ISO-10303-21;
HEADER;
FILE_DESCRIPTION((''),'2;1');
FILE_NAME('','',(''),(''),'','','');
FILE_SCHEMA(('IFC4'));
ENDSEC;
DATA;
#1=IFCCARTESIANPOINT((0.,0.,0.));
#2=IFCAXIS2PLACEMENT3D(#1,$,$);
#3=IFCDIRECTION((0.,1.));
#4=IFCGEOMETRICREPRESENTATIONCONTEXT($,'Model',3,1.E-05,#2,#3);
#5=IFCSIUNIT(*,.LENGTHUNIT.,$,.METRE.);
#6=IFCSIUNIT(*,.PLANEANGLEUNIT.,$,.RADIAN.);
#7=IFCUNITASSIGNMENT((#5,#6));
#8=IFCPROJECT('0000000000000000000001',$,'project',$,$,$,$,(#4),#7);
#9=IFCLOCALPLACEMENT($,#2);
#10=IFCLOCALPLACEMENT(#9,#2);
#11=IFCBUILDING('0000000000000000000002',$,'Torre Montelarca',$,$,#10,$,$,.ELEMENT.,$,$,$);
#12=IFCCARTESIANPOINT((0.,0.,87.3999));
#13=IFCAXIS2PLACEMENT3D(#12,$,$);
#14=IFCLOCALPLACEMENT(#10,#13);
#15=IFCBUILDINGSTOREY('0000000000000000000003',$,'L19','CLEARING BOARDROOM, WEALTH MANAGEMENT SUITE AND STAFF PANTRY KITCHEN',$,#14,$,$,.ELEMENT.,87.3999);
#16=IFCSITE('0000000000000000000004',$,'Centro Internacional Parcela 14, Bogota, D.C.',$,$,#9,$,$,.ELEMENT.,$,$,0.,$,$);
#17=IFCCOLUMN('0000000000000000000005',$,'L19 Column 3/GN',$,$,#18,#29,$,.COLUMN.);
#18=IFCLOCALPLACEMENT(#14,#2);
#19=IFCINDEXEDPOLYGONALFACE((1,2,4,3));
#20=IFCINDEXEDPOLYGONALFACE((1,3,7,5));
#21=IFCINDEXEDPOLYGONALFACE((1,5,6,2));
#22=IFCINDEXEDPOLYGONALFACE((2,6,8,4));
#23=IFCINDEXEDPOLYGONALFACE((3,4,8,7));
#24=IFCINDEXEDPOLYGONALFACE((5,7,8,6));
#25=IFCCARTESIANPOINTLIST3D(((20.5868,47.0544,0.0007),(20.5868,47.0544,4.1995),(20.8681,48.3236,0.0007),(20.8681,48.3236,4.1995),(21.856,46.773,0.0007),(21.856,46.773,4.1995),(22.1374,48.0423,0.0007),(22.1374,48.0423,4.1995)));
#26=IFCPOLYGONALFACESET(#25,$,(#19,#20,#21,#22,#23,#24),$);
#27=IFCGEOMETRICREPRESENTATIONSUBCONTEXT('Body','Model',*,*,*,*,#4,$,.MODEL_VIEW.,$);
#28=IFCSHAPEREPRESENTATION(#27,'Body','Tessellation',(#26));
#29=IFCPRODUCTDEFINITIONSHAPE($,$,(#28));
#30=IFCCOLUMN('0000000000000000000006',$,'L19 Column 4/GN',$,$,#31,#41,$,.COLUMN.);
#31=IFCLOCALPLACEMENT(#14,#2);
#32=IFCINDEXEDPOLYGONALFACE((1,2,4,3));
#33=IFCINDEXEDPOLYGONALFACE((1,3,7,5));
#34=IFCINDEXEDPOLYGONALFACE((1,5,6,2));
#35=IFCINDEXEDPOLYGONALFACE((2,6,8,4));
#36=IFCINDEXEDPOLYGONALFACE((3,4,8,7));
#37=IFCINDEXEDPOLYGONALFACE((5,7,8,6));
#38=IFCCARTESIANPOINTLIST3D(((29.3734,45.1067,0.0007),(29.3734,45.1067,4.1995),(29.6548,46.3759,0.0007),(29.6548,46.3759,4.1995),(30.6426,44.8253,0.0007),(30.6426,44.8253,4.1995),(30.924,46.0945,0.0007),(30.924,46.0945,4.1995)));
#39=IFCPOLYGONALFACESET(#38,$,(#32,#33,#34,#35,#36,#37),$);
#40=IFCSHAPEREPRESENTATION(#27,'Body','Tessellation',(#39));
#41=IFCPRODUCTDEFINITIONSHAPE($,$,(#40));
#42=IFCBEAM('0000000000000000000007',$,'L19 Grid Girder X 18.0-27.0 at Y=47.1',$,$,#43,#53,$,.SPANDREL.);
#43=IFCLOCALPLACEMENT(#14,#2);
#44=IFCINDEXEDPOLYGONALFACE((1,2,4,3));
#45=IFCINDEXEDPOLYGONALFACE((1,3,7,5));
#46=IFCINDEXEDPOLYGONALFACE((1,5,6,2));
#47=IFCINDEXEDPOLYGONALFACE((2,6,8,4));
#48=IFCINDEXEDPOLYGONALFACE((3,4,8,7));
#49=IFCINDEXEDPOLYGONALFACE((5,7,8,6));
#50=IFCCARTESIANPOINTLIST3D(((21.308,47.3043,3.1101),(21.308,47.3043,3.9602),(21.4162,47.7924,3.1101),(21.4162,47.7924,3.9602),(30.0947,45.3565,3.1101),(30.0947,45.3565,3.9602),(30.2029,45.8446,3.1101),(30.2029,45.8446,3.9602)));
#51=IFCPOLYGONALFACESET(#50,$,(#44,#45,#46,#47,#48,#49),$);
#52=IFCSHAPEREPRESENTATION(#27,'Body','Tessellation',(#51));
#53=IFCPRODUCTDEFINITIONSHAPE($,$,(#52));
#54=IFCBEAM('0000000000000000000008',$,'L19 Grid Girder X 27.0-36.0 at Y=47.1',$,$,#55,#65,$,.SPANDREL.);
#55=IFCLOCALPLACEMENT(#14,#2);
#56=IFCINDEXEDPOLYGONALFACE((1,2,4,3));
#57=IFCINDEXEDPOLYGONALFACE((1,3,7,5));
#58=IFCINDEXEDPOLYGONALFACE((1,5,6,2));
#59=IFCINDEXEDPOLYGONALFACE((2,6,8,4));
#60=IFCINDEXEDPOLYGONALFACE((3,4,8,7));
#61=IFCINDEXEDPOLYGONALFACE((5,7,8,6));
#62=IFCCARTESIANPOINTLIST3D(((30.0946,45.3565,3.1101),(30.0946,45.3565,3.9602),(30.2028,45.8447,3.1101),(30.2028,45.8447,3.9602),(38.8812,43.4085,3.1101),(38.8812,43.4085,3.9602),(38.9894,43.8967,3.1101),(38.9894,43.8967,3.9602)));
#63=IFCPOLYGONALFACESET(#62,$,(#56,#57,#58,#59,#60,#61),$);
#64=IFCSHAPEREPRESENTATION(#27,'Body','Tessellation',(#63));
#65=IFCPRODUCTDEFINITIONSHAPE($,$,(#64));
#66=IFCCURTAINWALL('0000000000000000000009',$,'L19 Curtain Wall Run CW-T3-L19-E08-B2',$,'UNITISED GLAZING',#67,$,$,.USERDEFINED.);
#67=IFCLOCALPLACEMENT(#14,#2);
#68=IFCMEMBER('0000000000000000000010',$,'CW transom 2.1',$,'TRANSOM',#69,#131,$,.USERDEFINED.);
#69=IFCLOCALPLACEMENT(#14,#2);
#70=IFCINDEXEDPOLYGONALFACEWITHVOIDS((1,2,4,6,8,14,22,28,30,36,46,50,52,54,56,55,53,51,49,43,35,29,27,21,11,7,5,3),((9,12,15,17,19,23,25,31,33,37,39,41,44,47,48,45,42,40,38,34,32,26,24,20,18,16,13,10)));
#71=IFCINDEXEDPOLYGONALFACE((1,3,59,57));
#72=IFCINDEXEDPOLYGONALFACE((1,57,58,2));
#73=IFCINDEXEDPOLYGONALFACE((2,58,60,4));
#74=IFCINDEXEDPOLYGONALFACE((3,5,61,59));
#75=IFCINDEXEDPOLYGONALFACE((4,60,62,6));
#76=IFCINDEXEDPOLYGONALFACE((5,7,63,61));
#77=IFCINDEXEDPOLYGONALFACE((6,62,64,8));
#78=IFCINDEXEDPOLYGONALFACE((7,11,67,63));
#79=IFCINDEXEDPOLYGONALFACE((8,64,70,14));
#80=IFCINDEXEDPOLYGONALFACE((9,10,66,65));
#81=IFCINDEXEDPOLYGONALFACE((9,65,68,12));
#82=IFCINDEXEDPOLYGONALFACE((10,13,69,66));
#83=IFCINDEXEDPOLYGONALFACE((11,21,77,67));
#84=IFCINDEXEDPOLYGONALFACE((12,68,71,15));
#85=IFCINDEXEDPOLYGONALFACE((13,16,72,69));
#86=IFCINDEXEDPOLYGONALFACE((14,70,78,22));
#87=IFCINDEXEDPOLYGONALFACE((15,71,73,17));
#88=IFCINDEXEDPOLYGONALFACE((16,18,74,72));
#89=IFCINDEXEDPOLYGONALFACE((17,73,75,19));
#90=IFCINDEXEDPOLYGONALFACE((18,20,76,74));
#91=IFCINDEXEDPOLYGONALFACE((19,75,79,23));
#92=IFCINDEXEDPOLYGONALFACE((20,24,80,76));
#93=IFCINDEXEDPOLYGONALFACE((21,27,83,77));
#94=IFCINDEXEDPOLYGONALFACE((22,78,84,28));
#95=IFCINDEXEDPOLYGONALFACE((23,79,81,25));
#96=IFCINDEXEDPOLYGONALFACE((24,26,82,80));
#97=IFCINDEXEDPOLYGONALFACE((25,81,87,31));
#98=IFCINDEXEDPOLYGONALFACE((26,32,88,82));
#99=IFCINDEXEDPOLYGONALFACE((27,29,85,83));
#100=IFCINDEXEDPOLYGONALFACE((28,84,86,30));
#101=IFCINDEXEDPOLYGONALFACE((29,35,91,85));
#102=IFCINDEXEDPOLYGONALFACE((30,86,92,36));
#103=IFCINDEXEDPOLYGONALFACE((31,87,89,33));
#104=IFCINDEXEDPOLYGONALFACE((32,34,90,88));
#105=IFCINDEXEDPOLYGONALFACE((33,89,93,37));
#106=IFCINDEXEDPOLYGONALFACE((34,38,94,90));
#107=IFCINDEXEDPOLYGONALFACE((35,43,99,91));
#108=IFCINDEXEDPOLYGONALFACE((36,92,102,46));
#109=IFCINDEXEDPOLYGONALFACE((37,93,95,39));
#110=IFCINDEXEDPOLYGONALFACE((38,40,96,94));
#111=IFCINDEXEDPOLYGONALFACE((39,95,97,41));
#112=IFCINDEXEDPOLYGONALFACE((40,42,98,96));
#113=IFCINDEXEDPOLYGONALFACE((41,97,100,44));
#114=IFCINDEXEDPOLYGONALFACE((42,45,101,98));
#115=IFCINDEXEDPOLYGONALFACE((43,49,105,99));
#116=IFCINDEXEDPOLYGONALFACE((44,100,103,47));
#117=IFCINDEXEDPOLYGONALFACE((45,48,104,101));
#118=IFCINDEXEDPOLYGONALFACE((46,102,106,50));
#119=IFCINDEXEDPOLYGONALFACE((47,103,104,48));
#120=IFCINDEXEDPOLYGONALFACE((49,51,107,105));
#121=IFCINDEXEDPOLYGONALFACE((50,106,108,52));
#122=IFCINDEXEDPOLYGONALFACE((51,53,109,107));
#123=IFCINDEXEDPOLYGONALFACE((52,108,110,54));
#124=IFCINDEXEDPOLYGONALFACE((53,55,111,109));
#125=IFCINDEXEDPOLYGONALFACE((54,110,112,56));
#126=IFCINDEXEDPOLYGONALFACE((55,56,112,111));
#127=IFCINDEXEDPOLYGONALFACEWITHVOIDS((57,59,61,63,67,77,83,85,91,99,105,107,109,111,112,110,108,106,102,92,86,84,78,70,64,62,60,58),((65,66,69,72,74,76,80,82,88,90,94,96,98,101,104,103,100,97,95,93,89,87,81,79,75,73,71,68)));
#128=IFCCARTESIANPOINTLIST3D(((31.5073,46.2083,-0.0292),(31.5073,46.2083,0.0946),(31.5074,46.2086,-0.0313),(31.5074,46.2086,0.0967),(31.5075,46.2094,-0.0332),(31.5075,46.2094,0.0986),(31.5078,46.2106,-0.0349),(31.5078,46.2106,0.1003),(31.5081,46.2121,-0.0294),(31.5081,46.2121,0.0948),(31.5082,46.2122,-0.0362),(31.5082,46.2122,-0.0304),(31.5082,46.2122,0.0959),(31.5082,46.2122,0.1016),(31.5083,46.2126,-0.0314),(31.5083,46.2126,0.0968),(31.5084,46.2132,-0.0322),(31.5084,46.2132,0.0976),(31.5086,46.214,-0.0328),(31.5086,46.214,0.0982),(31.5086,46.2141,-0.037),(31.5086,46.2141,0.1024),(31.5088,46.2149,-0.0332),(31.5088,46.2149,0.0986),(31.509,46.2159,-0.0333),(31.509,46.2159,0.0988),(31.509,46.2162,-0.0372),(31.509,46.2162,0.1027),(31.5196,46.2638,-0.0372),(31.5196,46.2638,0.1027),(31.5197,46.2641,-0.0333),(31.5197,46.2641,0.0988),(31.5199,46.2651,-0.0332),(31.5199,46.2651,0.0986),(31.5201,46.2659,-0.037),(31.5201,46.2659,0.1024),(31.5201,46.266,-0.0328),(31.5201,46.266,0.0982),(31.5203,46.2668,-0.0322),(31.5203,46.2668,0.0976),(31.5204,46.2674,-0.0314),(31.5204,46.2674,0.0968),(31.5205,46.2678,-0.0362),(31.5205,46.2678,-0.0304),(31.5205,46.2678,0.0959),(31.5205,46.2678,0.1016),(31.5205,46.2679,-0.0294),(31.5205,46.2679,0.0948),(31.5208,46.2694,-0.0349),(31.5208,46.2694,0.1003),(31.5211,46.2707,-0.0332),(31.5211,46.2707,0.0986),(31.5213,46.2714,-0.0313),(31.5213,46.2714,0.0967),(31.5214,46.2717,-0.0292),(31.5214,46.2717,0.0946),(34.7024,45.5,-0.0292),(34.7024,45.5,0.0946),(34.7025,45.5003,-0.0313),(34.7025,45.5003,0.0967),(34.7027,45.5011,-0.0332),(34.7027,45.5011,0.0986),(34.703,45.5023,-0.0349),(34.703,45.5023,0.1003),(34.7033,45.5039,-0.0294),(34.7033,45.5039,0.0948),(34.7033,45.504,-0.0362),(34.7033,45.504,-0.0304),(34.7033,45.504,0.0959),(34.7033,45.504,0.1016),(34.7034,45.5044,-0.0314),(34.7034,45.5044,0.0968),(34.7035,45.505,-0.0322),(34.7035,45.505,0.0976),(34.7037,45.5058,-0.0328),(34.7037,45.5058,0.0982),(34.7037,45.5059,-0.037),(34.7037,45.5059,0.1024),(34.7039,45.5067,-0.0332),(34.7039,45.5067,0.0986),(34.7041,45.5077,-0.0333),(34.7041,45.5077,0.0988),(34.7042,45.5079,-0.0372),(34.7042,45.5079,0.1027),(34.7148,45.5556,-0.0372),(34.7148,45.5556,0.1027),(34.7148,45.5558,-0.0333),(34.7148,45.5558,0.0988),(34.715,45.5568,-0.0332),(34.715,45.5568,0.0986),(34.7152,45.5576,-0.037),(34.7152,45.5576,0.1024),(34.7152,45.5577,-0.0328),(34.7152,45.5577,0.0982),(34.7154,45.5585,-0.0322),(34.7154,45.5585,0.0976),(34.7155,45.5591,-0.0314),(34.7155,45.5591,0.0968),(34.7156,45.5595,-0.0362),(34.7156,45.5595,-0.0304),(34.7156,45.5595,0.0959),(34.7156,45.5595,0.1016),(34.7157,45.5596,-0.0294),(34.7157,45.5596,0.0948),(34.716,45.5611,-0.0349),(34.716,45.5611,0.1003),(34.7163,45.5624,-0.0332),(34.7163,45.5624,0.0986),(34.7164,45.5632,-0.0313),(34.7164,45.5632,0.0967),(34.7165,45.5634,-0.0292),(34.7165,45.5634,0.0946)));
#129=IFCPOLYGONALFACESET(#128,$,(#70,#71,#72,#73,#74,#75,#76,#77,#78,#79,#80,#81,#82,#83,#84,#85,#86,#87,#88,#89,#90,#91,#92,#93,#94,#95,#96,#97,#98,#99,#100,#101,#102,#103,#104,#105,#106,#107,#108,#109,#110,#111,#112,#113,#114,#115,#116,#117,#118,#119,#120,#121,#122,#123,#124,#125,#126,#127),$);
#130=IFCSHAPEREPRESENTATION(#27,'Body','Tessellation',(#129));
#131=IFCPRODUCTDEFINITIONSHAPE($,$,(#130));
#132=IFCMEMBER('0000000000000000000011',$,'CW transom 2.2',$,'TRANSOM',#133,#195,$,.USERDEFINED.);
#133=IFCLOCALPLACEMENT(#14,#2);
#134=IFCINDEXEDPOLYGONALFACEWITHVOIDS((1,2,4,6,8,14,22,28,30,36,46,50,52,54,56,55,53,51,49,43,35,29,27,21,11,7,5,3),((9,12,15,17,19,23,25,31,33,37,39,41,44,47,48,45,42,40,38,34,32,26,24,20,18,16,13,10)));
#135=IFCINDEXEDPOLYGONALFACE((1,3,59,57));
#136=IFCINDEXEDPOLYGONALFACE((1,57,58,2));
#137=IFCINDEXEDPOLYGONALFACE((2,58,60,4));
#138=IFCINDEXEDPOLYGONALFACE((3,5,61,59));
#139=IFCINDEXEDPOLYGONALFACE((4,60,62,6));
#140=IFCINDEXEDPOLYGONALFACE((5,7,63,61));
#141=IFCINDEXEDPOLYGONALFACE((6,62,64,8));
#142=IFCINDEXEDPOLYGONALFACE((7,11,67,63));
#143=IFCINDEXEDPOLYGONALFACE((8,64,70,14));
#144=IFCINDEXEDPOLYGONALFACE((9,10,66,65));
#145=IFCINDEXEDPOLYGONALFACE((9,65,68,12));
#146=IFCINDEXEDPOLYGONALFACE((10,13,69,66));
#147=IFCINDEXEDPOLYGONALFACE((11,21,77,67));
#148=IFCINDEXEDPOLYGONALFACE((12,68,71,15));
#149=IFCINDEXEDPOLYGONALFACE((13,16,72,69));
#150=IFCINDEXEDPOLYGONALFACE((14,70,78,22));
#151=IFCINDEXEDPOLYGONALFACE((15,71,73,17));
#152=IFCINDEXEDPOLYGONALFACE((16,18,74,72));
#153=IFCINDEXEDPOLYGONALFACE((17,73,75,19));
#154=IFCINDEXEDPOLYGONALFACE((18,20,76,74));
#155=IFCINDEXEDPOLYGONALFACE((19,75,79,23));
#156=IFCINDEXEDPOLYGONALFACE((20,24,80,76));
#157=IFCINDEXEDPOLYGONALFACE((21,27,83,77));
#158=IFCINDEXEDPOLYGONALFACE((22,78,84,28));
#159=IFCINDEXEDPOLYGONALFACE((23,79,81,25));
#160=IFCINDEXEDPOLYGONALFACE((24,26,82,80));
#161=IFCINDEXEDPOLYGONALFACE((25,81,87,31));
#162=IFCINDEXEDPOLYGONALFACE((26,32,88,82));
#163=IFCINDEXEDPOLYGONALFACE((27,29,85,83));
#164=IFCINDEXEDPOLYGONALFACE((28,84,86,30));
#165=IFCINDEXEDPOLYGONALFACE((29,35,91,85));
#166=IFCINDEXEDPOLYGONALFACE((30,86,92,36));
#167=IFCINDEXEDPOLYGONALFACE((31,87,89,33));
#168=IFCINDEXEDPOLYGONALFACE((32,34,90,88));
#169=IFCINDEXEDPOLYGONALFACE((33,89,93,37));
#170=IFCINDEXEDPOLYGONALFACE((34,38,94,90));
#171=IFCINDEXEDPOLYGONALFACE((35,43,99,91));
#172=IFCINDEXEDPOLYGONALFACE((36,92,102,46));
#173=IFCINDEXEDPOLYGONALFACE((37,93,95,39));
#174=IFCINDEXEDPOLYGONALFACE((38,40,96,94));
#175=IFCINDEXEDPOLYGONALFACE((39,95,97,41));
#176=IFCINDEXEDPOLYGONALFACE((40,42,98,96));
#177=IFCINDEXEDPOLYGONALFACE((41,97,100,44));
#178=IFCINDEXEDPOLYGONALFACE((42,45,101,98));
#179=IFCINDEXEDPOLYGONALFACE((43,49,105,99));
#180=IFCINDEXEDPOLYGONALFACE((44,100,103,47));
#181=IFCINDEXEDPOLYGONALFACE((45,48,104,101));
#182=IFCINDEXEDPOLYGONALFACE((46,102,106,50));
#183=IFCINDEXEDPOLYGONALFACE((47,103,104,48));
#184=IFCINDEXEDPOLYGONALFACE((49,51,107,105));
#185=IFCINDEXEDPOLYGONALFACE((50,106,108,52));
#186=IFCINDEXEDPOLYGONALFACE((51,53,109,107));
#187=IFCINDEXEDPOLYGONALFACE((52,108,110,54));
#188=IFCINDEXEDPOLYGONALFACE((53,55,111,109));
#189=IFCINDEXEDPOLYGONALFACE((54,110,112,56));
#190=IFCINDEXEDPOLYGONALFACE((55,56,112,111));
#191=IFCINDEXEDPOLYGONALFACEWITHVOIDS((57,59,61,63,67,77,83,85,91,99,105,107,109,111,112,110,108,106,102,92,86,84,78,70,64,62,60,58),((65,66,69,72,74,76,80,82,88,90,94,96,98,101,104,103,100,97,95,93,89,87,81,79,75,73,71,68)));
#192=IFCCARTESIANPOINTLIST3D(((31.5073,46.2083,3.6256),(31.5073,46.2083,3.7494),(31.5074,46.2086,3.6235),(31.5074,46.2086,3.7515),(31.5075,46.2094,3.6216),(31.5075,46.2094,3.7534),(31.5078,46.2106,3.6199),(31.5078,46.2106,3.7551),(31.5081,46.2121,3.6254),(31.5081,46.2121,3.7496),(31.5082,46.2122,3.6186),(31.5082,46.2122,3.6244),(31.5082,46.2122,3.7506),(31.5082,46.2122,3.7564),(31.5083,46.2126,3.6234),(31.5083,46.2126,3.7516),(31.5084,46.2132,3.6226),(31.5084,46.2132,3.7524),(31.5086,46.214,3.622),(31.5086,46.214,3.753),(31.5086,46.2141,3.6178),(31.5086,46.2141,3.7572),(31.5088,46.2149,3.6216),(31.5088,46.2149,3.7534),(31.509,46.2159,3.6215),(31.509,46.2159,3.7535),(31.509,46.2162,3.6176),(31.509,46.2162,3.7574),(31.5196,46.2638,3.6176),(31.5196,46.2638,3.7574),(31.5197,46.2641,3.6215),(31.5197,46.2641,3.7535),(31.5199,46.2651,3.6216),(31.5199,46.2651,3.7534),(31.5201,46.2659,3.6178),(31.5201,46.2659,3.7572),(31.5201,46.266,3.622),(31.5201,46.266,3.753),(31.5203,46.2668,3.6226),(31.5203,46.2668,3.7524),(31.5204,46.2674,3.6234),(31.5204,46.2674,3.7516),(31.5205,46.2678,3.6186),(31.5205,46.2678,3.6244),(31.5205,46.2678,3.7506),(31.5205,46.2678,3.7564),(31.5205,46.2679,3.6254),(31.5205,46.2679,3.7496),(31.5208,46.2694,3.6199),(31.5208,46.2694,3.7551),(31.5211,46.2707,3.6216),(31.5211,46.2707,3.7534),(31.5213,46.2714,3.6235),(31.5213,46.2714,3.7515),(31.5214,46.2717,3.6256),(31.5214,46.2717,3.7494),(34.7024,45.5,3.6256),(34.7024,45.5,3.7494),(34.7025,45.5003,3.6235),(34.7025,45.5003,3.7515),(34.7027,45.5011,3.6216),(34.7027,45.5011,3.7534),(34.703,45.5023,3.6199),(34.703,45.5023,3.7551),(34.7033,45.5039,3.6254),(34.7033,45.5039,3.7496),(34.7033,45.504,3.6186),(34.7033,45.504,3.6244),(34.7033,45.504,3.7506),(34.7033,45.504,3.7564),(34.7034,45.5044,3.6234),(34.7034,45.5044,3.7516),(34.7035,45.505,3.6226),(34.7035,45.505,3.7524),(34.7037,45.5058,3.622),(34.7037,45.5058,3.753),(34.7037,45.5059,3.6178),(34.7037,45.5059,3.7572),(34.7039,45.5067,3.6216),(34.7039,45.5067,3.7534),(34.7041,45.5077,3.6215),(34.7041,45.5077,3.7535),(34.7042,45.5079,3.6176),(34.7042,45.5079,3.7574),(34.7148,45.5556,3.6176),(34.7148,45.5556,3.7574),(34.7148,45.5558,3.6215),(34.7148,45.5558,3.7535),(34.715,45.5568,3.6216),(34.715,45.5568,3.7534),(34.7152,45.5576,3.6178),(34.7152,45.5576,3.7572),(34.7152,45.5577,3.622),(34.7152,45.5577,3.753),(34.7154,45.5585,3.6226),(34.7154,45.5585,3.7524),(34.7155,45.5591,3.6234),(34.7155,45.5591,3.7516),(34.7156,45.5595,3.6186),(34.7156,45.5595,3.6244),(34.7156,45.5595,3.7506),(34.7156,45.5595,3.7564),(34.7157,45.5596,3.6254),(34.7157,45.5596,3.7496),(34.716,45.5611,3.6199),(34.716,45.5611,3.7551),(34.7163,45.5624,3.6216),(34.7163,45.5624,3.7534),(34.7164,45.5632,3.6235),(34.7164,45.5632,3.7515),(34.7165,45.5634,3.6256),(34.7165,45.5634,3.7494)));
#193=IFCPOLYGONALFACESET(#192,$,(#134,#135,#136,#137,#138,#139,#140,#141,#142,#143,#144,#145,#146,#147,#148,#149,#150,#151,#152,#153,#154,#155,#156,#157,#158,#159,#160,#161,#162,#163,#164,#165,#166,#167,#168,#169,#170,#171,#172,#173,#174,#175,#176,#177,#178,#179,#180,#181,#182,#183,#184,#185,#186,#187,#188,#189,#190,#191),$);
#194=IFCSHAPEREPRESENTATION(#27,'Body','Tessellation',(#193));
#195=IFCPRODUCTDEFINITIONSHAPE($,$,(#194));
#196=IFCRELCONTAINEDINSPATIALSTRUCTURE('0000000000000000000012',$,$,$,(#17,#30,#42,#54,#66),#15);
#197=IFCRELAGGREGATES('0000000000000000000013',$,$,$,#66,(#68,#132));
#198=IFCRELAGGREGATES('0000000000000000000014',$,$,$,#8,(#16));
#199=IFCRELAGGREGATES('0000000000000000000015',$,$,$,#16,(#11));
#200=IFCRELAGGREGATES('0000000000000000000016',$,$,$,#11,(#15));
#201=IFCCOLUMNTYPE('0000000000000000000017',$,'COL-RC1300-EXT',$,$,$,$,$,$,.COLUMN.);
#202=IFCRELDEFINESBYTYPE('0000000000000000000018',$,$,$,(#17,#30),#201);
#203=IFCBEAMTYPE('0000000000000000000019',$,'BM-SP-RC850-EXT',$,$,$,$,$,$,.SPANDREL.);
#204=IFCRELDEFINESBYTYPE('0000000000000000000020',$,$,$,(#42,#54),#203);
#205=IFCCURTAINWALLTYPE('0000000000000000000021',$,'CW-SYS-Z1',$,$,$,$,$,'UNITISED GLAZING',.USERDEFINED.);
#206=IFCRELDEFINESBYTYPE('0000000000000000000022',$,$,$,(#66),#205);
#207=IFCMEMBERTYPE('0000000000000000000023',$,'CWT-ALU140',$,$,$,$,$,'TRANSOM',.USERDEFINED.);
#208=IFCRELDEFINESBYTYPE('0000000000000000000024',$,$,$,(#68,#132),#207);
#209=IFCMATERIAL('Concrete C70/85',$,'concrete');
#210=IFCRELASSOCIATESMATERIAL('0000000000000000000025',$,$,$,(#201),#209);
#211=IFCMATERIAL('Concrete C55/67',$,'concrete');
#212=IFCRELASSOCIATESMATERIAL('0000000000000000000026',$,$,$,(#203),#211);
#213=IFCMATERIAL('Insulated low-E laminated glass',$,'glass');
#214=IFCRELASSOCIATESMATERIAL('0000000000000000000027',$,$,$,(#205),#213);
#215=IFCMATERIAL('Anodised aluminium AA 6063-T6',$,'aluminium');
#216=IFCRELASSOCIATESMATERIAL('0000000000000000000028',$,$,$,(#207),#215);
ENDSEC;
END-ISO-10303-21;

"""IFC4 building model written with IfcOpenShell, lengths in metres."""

from ifc_helpers import new_model, si_unit, direction, frame, origin, origin_2d, place, context, subcontext, project, spatial, rectangle, hollow_rectangle, extrude, source, transform, mapped, material, material_profile, profile_set, type_object, element, aggregate, save


model = new_model("IFC4")

# Units and contexts
model_context = context("Model", 3, precision=1e-05, world=origin(), true_north=direction((0.0, 1.0)))
body_context = subcontext(model_context, "Body", "Model", "MODEL_VIEW")
ifc_project = project(units=[si_unit("LENGTHUNIT", "METRE"), si_unit("PLANEANGLEUNIT", "RADIAN")], contexts=[model_context])

# Site, building, storey
site_placement = place(None, origin())
site = spatial("IfcSite", under=ifc_project, at=site_placement, Name="Centro Internacional Parcela 14, Bogota, D.C.", CompositionType="ELEMENT", RefElevation=0.0)
building_placement = place(site_placement, origin())
building = spatial("IfcBuilding", under=site, at=building_placement, Name="Torre Montelarca", CompositionType="ELEMENT")
storey_placement = place(building_placement, frame((0.0, 0.0, 87.3999)))
storey = spatial("IfcBuildingStorey", under=building, at=storey_placement, Name="L19", Description="CLEARING BOARDROOM, WEALTH MANAGEMENT SUITE AND STAFF PANTRY KITCHEN", CompositionType="ELEMENT", Elevation=87.3999)

# Columns
ifc_material_1 = material(Name="Concrete C70/85", Category="concrete")
ifc_material_profile_1 = material_profile(ifc_material_1, rectangle(XDim=1.3, YDim=1.3, at=origin_2d()), Name="RC1300X1300", Category="concrete")
ifc_profile_set_1 = profile_set([ifc_material_profile_1], Name="Concrete C70/85")
column_type = type_object("IfcColumnType", Name="COL-RC1300-EXT", PredefinedType="COLUMN", material=ifc_profile_set_1)
shared_shape_1 = source(origin(), body_context, "Body", "SweptSolid", [
    extrude(rectangle(XDim=1.3, YDim=1.3, at=origin_2d()), origin(), (0.0, 0.0, 1.0), 4.1987),
])
for number, where, z_axis, x_axis, name in (
    (1, (21.3621, 47.5483, 0.0007), (0.0, 0.0, 1.0), (-0.976296, 0.21644, 0.0), "L19 Column 3/GN"),
    (2, (30.1487, 45.6006, 0.0007), (0.0, 0.0, 1.0), (-0.976296, 0.21644, 0.0), "L19 Column 4/GN"),
):
    element("IfcColumn", number, at=place(storey_placement, frame(where, z_axis=z_axis, x_axis=x_axis)), inside=storey, type_object=column_type, Name=name, PredefinedType="COLUMN", context=body_context, shape_type="MappedRepresentation", body=[
        mapped(shared_shape_1, transform((0.0, 0.0, 0.0), scale=1.0)),
    ])

# Beams
ifc_material_2 = material(Name="Concrete C55/67", Category="concrete")
ifc_material_profile_2 = material_profile(ifc_material_2, rectangle(XDim=0.5, YDim=0.8501, at=origin_2d()), Name="RCB500X850", Category="concrete")
ifc_profile_set_2 = profile_set([ifc_material_profile_2], Name="Concrete C55/67")
beam_type = type_object("IfcBeamType", Name="BM-SP-RC850-EXT", PredefinedType="SPANDREL", material=ifc_profile_set_2)
shared_shape_2 = source(origin(), body_context, "Body", "SweptSolid", [
    extrude(rectangle(XDim=0.5, YDim=0.8501, at=origin_2d()), origin(), (0.0, 0.0, 1.0), 9.0),
])
for number, where, z_axis, x_axis, name in (
    (3, (21.3621, 47.5483, 3.5352), (0.976301, -0.216419, 0.0), (0.216419, 0.976301, 0.0), "L19 Grid Girder X 18.0-27.0 at Y=47.1"),
    (4, (30.1487, 45.6006, 3.5352), (0.976295, -0.216445, 0.0), (0.216445, 0.976295, 0.0), "L19 Grid Girder X 27.0-36.0 at Y=47.1"),
):
    element("IfcBeam", number, at=place(storey_placement, frame(where, z_axis=z_axis, x_axis=x_axis)), inside=storey, type_object=beam_type, Name=name, PredefinedType="SPANDREL", context=body_context, shape_type="MappedRepresentation", body=[
        mapped(shared_shape_2, transform((0.0, 0.0, 0.0), scale=1.0)),
    ])

# Curtain wall, members
ifc_material_3 = material(Name="Insulated low-E laminated glass", Category="glass")
curtain_wall_type = type_object("IfcCurtainWallType", Name="CW-SYS-Z1", ElementType="UNITISED GLAZING", PredefinedType="USERDEFINED", material=ifc_material_3)
curtain_wall_1_placement = place(storey_placement, origin())
curtain_wall_1 = element("IfcCurtainWall", 5, at=curtain_wall_1_placement, inside=storey, type_object=curtain_wall_type, Name="L19 Curtain Wall Run CW-T3-L19-E08-B2", ObjectType="UNITISED GLAZING", PredefinedType="USERDEFINED")
ifc_material_4 = material(Name="Anodised aluminium AA 6063-T6", Category="aluminium")
ifc_material_profile_3 = material_profile(ifc_material_4, hollow_rectangle(XDim=0.0649, YDim=0.1399, WallThickness=0.0039, InnerFilletRadius=0.0039, OuterFilletRadius=0.0081, at=origin_2d()), Name="ALU65X140X4", Category="aluminium")
ifc_profile_set_3 = profile_set([ifc_material_profile_3], Name="Anodised aluminium AA 6063-T6")
member_type_1 = type_object("IfcMemberType", Name="CWT-ALU140", ElementType="TRANSOM", PredefinedType="USERDEFINED", material=ifc_profile_set_3)
shared_shape_3 = source(origin(), body_context, "Body", "SweptSolid", [
    extrude(hollow_rectangle(XDim=0.0649, YDim=0.1399, WallThickness=0.0039, InnerFilletRadius=0.0039, OuterFilletRadius=0.0081, at=origin_2d()), origin(), (0.0, 0.0, 1.0), 3.2727),
])
member_1_placement = place(storey_placement, frame((34.7095, 45.5317, 0.0327), z_axis=(-0.976301, 0.216417, 0.0), x_axis=(-0.216417, -0.976301, 0.0)))
member_1 = element("IfcMember", 6, at=member_1_placement, type_object=member_type_1, Name="CW transom 2.1", ObjectType="TRANSOM", PredefinedType="USERDEFINED", context=body_context, shape_type="MappedRepresentation", body=[
    mapped(shared_shape_3, transform((0.0, 0.0, 0.0), scale=1.0)),
])
member_2_placement = place(storey_placement, frame((34.7095, 45.5317, 3.6875), z_axis=(-0.976301, 0.216417, 0.0), x_axis=(-0.216417, -0.976301, 0.0)))
member_2 = element("IfcMember", 7, at=member_2_placement, type_object=member_type_1, Name="CW transom 2.2", ObjectType="TRANSOM", PredefinedType="USERDEFINED", context=body_context, shape_type="MappedRepresentation", body=[
    mapped(shared_shape_3, transform((0.0, 0.0, 0.0), scale=1.0)),
])

aggregate(curtain_wall_1, [member_1, member_2])

save(model, "model.ifc")
